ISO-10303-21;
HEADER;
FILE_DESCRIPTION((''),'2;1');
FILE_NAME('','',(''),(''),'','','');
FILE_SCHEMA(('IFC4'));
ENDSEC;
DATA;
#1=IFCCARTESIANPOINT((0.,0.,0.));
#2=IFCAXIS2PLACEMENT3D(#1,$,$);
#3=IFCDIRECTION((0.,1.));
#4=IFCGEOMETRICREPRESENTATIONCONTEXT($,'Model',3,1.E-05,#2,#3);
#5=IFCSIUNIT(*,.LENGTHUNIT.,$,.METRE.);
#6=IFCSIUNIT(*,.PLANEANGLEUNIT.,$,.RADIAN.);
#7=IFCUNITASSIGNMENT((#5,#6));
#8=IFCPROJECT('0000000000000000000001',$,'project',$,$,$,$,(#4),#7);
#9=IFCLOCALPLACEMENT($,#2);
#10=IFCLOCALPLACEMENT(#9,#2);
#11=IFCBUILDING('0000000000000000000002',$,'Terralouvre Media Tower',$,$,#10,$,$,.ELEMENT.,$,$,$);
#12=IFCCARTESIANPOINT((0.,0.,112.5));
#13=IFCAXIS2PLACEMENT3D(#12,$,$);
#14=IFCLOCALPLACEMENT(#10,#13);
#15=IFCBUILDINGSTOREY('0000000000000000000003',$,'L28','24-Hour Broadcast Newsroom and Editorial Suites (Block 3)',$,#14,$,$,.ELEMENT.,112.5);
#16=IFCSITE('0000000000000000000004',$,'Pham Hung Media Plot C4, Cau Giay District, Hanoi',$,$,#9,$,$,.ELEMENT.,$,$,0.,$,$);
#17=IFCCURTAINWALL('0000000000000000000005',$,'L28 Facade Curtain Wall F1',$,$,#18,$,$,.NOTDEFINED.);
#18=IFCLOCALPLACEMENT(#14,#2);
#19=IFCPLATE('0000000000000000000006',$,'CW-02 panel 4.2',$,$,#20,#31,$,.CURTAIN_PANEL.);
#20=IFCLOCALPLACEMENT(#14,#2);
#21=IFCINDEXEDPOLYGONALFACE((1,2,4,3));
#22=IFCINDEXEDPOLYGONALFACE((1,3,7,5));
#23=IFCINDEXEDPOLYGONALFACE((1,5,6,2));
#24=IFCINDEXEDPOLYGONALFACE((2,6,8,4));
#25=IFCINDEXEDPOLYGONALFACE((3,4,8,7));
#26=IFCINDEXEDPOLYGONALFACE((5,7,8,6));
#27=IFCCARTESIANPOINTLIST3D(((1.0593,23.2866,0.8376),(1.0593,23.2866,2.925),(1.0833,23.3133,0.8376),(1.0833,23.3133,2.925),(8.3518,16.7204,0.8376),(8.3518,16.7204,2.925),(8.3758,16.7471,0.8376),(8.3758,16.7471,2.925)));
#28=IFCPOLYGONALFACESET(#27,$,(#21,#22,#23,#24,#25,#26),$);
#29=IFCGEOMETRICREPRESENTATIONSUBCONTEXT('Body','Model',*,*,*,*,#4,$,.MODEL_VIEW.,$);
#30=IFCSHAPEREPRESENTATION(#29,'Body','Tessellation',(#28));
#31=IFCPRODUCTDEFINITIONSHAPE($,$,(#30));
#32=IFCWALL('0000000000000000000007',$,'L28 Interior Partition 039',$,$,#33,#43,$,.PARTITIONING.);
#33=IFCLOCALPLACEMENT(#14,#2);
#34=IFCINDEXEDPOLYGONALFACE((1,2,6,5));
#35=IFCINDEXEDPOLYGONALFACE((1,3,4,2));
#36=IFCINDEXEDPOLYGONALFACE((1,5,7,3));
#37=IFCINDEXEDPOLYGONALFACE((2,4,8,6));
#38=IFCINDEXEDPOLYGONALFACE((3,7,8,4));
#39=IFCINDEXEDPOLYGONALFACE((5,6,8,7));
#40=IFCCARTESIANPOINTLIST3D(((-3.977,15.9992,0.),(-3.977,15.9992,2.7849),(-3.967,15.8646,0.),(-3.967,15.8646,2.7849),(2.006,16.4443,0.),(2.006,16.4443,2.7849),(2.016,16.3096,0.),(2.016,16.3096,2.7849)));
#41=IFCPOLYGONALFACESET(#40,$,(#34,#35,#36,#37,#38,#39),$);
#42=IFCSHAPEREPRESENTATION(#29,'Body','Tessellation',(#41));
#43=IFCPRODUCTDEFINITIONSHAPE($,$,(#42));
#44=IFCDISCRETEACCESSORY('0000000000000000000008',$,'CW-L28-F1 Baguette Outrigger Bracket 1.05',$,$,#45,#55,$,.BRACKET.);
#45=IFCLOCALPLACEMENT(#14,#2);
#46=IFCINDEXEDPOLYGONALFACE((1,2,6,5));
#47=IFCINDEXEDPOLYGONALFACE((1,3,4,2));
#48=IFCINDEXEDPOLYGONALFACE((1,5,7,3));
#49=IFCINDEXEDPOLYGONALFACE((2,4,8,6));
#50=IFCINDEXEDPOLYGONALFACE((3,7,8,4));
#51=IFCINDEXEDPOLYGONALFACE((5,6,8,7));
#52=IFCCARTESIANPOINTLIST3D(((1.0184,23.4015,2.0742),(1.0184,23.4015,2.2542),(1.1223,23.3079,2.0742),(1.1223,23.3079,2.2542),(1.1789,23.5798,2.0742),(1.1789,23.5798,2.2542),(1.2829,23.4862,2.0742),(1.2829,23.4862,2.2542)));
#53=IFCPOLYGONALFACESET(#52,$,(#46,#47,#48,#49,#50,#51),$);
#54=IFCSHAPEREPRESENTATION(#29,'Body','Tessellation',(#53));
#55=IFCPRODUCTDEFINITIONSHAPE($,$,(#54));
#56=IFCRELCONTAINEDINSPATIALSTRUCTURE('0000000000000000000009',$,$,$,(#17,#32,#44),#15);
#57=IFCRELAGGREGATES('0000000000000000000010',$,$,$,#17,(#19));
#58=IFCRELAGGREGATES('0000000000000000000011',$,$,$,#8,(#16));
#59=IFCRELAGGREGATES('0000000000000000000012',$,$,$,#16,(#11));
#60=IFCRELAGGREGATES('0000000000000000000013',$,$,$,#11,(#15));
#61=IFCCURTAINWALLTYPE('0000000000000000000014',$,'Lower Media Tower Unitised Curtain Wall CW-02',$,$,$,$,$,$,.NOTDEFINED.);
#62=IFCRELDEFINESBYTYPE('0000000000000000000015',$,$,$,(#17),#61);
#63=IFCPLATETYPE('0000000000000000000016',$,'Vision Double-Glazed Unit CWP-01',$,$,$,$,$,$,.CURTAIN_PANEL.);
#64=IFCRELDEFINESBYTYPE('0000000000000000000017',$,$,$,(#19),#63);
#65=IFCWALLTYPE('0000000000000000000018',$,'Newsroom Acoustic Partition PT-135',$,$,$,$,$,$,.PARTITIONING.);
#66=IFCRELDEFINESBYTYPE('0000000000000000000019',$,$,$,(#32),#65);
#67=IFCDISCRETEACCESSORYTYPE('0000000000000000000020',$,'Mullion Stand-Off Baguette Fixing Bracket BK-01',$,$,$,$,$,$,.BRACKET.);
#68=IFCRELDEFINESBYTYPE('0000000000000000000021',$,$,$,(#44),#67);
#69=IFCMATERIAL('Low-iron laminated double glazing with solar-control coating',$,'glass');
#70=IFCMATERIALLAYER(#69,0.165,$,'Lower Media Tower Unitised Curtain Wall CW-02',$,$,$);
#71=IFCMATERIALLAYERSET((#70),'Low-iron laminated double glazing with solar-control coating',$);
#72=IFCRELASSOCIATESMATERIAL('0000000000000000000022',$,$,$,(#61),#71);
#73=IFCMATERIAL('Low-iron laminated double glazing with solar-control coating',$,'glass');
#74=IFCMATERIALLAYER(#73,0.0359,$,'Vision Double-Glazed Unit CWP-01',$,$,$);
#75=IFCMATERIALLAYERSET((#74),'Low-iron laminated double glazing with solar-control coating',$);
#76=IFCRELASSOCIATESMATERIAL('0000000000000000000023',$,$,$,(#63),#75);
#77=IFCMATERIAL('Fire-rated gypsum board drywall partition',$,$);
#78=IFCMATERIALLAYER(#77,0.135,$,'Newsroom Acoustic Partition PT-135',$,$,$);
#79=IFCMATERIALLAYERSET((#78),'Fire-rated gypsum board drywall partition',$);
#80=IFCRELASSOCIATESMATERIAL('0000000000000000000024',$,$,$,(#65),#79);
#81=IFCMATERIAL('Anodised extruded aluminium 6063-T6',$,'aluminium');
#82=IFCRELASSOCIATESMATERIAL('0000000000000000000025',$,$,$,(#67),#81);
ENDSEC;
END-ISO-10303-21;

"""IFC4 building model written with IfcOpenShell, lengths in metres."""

from ifc_helpers import new_model, si_unit, direction, frame, frame_2d, origin, origin_2d, place, context, subcontext, project, spatial, rectangle, extrude, material, layer, layer_set, type_object, element, aggregate, save


model = new_model("IFC4")

# Units and contexts
model_context = context("Model", 3, precision=1e-05, world=origin(), true_north=direction((0.0, 1.0)))
body_context = subcontext(model_context, "Body", "Model", "MODEL_VIEW")
ifc_project = project(units=[si_unit("LENGTHUNIT", "METRE"), si_unit("PLANEANGLEUNIT", "RADIAN")], contexts=[model_context])

# Site, building, storey
site_placement = place(None, origin())
site = spatial("IfcSite", under=ifc_project, at=site_placement, Name="Pham Hung Media Plot C4, Cau Giay District, Hanoi", CompositionType="ELEMENT", RefElevation=0.0)
building_placement = place(site_placement, origin())
building = spatial("IfcBuilding", under=site, at=building_placement, Name="Terralouvre Media Tower", CompositionType="ELEMENT")
storey_placement = place(building_placement, frame((0.0, 0.0, 112.5)))
storey = spatial("IfcBuildingStorey", under=building, at=storey_placement, Name="L28", Description="24-Hour Broadcast Newsroom and Editorial Suites (Block 3)", CompositionType="ELEMENT", Elevation=112.5)

# Curtain wall
ifc_material_1 = material(Name="Low-iron laminated double glazing with solar-control coating", Category="glass")
ifc_layer_1 = layer(ifc_material_1, 0.165, Name="Lower Media Tower Unitised Curtain Wall CW-02")
ifc_layer_set_1 = layer_set([ifc_layer_1], Name="Low-iron laminated double glazing with solar-control coating")
curtain_wall_type = type_object("IfcCurtainWallType", Name="Lower Media Tower Unitised Curtain Wall CW-02", PredefinedType="NOTDEFINED", material=ifc_layer_set_1)
curtain_wall_placement = place(storey_placement, origin())
curtain_wall = element("IfcCurtainWall", 1, at=curtain_wall_placement, inside=storey, type_object=curtain_wall_type, Name="L28 Facade Curtain Wall F1", PredefinedType="NOTDEFINED")

# Plate
ifc_material_2 = material(Name="Low-iron laminated double glazing with solar-control coating", Category="glass")
ifc_layer_2 = layer(ifc_material_2, 0.0359, Name="Vision Double-Glazed Unit CWP-01")
ifc_layer_set_2 = layer_set([ifc_layer_2], Name="Low-iron laminated double glazing with solar-control coating")
plate_type = type_object("IfcPlateType", Name="Vision Double-Glazed Unit CWP-01", PredefinedType="CURTAIN_PANEL", material=ifc_layer_set_2)
plate_1_placement = place(storey_placement, frame((4.7175, 20.0168, 0.8376), z_axis=(0.0, 0.0, 1.0), x_axis=(-0.743145, 0.669131, 0.0)))
plate_1 = element("IfcPlate", 2, at=plate_1_placement, type_object=plate_type, Name="CW-02 panel 4.2", PredefinedType="CURTAIN_PANEL", context=body_context, shape_type="SweptSolid", body=[
    extrude(rectangle(XDim=9.813, YDim=0.0359, at=origin_2d()), origin(), (0.0, 0.0, 1.0), 2.0874),
])
aggregate(curtain_wall, [plate_1])

# Wall
ifc_material_3 = material(Name="Fire-rated gypsum board drywall partition")
ifc_layer_3 = layer(ifc_material_3, 0.135, Name="Newsroom Acoustic Partition PT-135")
ifc_layer_set_3 = layer_set([ifc_layer_3], Name="Fire-rated gypsum board drywall partition")
wall_type = type_object("IfcWallType", Name="Newsroom Acoustic Partition PT-135", PredefinedType="PARTITIONING", material=ifc_layer_set_3)
wall_placement = place(storey_placement, frame((2.011, 16.377, 0.0), z_axis=(0.0, 0.0, 1.0), x_axis=(-0.997244, -0.074185, 0.0)))
element("IfcWall", 3, at=wall_placement, inside=storey, type_object=wall_type, Name="L28 Interior Partition 039", PredefinedType="PARTITIONING", context=body_context, shape_type="SweptSolid", body=[
    extrude(rectangle(XDim=5.9995, YDim=0.135, at=frame_2d((2.9998, 0.0))), origin(), (0.0, 0.0, 1.0), 2.7849),
])

# Discrete accessory
ifc_material_4 = material(Name="Anodised extruded aluminium 6063-T6", Category="aluminium")
discrete_accessory_type = type_object("IfcDiscreteAccessoryType", Name="Mullion Stand-Off Baguette Fixing Bracket BK-01", PredefinedType="BRACKET", material=ifc_material_4)
discrete_accessory_placement = place(storey_placement, frame((1.1506, 23.4438, 2.0742), z_axis=(0.0, 0.0, 1.0), x_axis=(-0.743145, 0.669131, 0.0)))
element("IfcDiscreteAccessory", 4, at=discrete_accessory_placement, inside=storey, type_object=discrete_accessory_type, Name="CW-L28-F1 Baguette Outrigger Bracket 1.05", PredefinedType="BRACKET", context=body_context, shape_type="SweptSolid", body=[
    extrude(rectangle(XDim=0.1399, YDim=0.24, at=origin_2d()), origin(), (0.0, 0.0, 1.0), 0.1799),
])

save(model, "model.ifc")
